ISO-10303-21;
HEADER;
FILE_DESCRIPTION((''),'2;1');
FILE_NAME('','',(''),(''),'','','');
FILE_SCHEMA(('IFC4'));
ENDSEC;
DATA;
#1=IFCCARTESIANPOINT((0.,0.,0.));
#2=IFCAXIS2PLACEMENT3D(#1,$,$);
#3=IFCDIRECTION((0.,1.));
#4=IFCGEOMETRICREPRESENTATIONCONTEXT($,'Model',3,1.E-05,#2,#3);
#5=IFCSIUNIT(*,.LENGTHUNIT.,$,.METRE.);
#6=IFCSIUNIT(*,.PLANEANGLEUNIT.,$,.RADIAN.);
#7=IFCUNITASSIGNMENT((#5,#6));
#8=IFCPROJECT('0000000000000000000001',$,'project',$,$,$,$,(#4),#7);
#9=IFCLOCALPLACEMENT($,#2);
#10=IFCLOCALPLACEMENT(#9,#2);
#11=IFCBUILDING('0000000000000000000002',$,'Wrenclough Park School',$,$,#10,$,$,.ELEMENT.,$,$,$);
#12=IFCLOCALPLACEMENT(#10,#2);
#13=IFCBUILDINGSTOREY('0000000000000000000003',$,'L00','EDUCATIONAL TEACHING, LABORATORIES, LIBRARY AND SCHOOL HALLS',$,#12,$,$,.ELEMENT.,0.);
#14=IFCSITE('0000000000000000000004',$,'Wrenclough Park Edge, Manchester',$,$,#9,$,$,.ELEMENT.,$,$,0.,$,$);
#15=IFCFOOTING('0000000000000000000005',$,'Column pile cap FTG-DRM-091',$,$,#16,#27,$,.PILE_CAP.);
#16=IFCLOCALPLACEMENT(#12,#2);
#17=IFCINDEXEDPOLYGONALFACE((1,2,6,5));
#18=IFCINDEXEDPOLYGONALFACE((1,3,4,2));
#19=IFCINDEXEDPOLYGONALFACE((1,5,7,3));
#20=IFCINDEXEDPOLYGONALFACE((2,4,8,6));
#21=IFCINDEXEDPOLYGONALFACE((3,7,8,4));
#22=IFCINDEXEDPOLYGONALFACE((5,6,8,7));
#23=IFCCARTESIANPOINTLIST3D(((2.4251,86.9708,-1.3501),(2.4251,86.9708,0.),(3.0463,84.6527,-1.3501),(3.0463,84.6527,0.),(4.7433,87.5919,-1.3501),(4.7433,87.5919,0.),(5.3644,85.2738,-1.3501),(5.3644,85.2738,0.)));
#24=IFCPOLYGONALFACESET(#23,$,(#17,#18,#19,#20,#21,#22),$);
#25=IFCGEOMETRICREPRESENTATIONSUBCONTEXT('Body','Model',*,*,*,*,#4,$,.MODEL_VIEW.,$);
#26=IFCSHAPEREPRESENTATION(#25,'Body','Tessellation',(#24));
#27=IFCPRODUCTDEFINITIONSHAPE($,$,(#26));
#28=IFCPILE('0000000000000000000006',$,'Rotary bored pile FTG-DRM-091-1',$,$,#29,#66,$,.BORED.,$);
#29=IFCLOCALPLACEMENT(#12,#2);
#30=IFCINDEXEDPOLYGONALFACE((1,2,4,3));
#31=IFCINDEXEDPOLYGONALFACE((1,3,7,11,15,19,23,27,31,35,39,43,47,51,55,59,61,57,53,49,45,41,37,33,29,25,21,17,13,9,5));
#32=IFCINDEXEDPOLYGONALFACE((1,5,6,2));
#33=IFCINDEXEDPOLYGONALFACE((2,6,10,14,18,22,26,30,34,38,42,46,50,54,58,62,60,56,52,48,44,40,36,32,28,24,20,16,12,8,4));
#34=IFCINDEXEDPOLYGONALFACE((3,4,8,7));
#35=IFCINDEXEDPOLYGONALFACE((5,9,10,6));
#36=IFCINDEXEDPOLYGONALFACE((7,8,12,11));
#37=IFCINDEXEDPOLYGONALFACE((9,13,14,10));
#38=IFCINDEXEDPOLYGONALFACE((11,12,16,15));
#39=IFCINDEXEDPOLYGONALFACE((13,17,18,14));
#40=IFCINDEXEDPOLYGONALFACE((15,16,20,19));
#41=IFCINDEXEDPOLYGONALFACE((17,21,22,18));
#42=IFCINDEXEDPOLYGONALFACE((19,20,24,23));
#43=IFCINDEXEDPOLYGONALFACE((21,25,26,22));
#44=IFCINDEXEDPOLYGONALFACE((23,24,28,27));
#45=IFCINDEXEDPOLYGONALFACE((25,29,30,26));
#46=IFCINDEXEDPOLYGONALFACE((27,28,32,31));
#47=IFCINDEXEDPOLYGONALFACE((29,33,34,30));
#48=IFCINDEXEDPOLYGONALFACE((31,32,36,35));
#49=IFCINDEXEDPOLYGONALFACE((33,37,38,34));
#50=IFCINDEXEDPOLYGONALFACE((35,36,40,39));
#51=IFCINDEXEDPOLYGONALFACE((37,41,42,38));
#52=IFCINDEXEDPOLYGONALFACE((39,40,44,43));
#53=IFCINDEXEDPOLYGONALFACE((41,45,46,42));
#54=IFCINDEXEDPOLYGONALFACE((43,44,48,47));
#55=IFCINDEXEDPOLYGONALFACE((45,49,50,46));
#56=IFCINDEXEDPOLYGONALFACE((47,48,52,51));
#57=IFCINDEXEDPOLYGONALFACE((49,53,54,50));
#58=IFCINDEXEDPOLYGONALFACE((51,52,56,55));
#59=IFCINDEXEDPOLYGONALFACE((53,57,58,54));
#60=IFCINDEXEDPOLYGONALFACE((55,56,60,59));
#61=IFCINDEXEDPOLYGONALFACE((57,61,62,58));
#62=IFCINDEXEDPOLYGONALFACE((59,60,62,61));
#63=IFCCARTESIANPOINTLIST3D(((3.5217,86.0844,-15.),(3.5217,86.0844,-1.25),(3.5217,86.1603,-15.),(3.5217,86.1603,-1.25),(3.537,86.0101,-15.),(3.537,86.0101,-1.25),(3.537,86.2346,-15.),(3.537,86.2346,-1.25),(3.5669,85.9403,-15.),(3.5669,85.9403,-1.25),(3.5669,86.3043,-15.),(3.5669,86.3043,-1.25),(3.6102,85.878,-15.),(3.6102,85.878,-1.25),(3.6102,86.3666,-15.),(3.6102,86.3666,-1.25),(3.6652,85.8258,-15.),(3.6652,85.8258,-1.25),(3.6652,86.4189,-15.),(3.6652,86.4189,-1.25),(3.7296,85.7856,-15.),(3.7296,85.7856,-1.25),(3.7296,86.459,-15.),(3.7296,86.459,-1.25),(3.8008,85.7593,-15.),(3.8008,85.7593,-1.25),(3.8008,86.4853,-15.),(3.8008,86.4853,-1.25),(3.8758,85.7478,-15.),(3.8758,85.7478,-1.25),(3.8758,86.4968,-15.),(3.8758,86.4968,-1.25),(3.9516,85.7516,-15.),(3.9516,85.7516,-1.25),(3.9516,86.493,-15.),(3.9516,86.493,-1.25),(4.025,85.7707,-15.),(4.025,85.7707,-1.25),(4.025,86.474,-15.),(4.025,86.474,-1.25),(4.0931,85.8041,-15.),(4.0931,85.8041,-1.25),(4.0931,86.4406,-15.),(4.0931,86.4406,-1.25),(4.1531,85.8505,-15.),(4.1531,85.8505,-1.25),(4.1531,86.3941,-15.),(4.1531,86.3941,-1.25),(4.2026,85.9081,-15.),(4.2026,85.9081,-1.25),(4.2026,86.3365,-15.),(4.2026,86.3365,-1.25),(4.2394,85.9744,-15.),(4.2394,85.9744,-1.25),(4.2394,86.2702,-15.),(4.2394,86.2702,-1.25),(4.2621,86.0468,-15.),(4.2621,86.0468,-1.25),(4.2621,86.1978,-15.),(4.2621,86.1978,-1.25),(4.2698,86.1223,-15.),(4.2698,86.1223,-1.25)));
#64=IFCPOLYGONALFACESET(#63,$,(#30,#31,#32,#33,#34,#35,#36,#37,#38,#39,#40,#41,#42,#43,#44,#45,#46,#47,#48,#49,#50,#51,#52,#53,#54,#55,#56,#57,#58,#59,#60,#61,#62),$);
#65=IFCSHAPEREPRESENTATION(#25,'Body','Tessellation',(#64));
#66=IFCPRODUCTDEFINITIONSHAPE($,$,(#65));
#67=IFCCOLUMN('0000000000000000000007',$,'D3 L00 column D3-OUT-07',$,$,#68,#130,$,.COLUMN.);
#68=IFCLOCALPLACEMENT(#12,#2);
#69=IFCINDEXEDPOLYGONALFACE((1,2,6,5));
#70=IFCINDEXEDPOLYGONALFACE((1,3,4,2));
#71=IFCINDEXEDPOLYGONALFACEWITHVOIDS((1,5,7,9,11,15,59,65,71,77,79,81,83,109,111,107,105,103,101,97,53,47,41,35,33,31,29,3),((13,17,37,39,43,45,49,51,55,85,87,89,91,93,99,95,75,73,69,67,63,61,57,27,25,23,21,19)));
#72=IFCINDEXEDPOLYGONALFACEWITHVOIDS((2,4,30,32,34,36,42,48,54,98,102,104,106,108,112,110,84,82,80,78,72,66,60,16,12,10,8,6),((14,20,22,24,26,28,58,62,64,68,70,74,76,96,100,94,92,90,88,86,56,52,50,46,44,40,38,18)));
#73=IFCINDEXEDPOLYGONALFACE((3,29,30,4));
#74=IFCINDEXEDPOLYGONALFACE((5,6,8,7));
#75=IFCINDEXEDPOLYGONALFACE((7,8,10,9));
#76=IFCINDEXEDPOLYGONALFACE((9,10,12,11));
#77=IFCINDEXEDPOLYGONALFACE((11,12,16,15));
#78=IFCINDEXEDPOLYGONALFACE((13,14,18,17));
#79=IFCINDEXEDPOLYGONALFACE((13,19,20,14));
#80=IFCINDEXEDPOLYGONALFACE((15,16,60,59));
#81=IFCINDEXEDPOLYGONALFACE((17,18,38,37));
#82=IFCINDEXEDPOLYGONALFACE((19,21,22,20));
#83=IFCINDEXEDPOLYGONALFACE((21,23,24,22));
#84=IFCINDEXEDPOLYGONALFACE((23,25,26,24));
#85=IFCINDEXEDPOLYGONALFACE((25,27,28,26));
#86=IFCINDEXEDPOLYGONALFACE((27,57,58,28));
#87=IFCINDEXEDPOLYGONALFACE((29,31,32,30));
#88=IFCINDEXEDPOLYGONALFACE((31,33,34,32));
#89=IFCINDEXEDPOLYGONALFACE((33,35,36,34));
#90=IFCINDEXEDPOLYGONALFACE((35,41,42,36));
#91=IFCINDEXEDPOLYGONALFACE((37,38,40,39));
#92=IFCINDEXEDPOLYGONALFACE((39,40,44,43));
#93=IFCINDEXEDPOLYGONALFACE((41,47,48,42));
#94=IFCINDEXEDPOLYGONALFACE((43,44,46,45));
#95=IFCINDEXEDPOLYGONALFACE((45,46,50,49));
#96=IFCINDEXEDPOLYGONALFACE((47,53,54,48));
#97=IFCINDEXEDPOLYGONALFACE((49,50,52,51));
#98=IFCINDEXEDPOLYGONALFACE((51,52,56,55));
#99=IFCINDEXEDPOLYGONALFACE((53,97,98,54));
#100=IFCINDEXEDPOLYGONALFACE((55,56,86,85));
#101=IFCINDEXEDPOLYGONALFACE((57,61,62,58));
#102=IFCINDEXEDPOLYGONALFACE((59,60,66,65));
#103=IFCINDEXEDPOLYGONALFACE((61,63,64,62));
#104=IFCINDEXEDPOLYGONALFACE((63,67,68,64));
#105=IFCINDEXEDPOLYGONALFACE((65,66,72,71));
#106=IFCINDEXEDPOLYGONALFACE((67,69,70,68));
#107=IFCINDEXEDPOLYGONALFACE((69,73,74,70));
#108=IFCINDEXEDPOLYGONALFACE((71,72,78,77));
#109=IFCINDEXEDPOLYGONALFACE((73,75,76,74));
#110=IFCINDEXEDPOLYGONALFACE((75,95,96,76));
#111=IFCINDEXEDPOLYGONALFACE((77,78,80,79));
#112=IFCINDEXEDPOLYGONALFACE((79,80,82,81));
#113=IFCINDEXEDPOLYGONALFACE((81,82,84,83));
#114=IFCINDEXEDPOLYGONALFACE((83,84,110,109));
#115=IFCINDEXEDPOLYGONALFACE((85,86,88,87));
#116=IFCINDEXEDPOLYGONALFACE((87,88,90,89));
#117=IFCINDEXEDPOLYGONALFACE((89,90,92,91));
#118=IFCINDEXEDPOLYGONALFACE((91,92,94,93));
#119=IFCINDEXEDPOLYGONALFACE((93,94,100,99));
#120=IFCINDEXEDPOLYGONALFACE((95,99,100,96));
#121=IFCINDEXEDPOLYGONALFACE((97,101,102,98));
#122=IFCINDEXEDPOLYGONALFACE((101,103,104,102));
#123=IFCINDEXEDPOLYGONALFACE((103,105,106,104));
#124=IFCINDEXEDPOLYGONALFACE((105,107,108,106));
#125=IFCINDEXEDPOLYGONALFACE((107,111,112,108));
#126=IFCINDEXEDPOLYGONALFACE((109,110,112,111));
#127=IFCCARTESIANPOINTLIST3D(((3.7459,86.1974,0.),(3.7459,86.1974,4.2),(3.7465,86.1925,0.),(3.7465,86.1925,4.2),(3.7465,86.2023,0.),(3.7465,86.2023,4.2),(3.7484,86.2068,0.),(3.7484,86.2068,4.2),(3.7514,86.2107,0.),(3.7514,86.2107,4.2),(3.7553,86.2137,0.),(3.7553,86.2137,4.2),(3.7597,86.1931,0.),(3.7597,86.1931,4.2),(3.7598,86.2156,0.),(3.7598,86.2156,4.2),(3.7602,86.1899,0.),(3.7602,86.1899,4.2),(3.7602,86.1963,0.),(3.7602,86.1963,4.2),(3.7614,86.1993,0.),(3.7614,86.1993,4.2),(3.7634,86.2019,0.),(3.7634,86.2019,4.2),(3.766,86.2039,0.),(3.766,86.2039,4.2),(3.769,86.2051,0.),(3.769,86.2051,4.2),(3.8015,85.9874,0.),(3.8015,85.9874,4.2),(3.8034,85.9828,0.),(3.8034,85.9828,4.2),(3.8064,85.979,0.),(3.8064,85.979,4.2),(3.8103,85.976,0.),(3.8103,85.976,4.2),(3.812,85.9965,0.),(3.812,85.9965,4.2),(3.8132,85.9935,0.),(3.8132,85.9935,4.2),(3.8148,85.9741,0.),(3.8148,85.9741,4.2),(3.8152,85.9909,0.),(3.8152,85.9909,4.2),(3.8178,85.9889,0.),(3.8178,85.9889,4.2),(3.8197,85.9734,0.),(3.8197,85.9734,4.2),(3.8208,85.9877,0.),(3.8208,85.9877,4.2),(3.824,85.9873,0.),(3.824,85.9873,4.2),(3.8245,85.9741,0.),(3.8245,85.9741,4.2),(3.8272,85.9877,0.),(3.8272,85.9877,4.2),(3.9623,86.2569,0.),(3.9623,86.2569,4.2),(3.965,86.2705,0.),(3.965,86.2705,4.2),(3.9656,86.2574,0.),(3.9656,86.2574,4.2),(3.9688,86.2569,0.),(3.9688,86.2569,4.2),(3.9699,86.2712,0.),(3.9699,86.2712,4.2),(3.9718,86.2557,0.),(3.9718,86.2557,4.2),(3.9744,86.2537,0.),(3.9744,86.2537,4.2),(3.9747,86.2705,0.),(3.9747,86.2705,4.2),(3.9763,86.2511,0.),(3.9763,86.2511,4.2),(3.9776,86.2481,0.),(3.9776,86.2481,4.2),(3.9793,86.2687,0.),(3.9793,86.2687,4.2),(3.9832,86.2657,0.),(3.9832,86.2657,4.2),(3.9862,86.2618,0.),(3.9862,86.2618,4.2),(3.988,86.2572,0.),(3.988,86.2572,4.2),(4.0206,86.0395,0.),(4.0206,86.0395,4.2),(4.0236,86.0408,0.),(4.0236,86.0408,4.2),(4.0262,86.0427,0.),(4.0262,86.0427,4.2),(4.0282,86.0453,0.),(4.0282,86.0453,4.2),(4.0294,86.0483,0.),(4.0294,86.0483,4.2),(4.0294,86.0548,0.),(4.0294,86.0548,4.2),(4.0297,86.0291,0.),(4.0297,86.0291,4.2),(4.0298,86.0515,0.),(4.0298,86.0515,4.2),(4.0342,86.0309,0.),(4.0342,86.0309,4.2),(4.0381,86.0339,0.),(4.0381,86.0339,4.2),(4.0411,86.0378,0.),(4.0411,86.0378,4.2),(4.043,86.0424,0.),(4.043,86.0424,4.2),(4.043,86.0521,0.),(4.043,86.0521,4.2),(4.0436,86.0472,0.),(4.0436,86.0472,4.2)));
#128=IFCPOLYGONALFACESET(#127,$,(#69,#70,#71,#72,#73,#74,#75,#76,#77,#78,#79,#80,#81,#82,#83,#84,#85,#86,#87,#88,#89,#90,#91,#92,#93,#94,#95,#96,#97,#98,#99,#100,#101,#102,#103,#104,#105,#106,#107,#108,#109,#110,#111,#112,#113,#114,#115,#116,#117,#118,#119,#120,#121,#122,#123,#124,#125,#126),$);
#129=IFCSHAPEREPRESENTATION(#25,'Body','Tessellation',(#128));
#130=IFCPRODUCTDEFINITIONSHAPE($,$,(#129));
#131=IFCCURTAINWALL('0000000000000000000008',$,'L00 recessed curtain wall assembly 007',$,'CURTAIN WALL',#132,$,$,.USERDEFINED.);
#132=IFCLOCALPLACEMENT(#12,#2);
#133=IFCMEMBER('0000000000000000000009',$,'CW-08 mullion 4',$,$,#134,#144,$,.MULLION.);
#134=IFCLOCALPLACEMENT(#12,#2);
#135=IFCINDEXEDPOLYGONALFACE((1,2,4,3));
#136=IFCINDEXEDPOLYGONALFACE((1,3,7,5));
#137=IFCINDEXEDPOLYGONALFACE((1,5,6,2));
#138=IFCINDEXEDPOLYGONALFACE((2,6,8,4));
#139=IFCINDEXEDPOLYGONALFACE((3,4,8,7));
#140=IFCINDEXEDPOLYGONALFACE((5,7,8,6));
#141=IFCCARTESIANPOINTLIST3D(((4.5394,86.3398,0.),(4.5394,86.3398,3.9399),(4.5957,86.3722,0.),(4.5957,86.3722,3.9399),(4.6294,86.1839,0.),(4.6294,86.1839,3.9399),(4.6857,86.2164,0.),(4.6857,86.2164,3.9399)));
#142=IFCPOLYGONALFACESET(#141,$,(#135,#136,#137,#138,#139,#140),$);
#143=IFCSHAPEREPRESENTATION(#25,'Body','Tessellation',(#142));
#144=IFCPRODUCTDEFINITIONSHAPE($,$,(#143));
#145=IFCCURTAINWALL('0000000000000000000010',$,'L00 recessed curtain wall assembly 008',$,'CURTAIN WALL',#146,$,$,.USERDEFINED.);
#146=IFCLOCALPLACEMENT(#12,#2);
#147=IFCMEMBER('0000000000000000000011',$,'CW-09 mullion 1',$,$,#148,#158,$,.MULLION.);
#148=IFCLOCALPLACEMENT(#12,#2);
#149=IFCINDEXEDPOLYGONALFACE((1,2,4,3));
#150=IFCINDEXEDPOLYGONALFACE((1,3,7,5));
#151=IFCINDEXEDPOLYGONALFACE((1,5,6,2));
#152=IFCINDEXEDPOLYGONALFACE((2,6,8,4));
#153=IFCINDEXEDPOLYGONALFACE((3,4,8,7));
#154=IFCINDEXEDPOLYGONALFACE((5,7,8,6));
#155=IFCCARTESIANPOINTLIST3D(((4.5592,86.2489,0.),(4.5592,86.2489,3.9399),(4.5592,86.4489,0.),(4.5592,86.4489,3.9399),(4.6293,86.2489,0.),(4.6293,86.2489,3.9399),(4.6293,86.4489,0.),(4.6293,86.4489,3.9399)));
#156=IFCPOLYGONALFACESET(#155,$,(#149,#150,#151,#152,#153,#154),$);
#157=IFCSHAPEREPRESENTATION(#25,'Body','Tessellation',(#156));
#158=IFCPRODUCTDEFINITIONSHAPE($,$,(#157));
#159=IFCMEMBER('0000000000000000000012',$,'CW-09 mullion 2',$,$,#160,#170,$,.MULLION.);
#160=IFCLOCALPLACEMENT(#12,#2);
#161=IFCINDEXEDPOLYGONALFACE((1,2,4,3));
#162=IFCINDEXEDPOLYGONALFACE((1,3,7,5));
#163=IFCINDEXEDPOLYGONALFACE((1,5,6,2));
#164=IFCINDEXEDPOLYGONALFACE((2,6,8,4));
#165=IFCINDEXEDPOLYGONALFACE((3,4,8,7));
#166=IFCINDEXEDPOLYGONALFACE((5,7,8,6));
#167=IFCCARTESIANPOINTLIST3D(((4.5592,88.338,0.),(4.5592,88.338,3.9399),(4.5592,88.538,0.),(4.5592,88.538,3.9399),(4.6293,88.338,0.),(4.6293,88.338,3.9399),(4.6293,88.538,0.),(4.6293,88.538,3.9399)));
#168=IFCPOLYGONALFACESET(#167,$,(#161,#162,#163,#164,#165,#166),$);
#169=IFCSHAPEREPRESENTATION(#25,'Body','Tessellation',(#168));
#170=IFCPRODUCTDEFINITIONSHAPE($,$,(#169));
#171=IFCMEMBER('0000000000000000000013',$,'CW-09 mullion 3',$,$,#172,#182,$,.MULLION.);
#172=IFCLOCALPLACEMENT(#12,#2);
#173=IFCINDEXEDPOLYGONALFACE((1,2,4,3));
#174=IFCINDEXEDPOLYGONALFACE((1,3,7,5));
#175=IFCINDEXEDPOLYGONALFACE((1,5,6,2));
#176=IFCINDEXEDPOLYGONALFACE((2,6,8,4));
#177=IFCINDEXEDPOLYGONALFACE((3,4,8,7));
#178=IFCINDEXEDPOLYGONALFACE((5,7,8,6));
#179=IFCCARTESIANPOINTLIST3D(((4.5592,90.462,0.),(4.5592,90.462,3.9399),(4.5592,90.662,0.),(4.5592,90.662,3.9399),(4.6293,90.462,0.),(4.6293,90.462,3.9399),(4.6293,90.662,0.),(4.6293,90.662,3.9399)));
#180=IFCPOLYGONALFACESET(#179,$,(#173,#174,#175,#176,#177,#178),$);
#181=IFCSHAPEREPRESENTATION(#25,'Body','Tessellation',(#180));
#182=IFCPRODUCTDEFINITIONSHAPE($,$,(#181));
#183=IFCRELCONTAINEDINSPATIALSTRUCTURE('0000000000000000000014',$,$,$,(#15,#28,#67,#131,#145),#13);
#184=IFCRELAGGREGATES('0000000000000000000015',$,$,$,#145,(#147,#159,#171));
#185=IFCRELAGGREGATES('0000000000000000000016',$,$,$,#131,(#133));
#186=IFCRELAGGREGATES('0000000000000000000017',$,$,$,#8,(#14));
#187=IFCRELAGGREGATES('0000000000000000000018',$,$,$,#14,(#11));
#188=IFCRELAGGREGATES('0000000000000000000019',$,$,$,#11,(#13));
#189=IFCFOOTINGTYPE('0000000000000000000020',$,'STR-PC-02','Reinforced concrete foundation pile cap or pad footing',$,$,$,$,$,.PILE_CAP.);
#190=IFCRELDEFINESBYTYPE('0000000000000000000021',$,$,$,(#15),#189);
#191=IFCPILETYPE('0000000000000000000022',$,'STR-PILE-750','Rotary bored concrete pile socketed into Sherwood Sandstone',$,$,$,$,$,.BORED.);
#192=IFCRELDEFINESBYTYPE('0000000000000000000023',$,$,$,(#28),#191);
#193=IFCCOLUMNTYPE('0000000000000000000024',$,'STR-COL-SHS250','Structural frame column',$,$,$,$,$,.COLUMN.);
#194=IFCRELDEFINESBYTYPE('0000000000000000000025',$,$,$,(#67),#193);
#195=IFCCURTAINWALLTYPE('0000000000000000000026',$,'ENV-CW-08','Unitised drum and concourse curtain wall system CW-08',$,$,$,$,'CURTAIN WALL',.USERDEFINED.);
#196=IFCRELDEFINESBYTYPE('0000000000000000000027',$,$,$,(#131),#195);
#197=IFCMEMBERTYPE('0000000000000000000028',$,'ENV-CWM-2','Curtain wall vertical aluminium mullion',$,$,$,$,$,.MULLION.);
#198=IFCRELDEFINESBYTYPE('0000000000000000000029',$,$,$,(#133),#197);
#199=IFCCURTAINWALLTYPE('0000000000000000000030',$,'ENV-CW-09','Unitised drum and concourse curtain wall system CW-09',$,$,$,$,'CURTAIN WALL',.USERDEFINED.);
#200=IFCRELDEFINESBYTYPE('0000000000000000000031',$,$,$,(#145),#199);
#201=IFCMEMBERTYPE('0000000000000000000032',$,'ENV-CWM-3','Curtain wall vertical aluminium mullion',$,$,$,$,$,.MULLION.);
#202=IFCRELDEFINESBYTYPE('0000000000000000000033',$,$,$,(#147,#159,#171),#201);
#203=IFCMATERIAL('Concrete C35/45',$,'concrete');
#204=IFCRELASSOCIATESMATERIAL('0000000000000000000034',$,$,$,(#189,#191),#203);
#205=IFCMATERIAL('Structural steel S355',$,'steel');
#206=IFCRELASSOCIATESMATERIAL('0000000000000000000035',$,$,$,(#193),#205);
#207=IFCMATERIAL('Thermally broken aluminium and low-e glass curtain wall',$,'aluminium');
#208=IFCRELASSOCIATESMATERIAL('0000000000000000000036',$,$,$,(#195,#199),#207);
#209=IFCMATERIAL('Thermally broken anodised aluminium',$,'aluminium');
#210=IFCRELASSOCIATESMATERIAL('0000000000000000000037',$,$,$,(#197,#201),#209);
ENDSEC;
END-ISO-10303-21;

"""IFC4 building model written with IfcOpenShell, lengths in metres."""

from ifc_helpers import new_model, si_unit, direction, frame, origin, origin_2d, place, context, subcontext, project, spatial, rectangle, hollow_rectangle, circle, extrude, material, material_profile, profile_set, type_object, element, aggregate, save


model = new_model("IFC4")

# Units and contexts
model_context = context("Model", 3, precision=1e-05, world=origin(), true_north=direction((0.0, 1.0)))
body_context = subcontext(model_context, "Body", "Model", "MODEL_VIEW")
ifc_project = project(units=[si_unit("LENGTHUNIT", "METRE"), si_unit("PLANEANGLEUNIT", "RADIAN")], contexts=[model_context])

# Site, building, storey
site_placement = place(None, origin())
site = spatial("IfcSite", under=ifc_project, at=site_placement, Name="Wrenclough Park Edge, Manchester", CompositionType="ELEMENT", RefElevation=0.0)
building_placement = place(site_placement, origin())
building = spatial("IfcBuilding", under=site, at=building_placement, Name="Wrenclough Park School", CompositionType="ELEMENT")
storey_placement = place(building_placement, origin())
storey = spatial("IfcBuildingStorey", under=building, at=storey_placement, Name="L00", Description="EDUCATIONAL TEACHING, LABORATORIES, LIBRARY AND SCHOOL HALLS", CompositionType="ELEMENT", Elevation=0.0)

# Footing
ifc_material_1 = material(Name="Concrete C35/45", Category="concrete")
footing_type = type_object("IfcFootingType", Name="STR-PC-02", Description="Reinforced concrete foundation pile cap or pad footing", PredefinedType="PILE_CAP", material=ifc_material_1)
footing_placement = place(storey_placement, frame((3.8948, 86.1223, -1.3501), z_axis=(0.0, 0.0, 1.0), x_axis=(0.258819, -0.965926, 0.0)))
element("IfcFooting", 1, at=footing_placement, inside=storey, type_object=footing_type, Name="Column pile cap FTG-DRM-091", PredefinedType="PILE_CAP", context=body_context, shape_type="SweptSolid", body=[
    extrude(rectangle(XDim=2.3999, YDim=2.3999, at=origin_2d()), origin(), (0.0, 0.0, 1.0), 1.3501),
])

# Pile
ifc_material_profile_1 = material_profile(ifc_material_1, circle(Radius=0.375, at=origin_2d()), Name="BORED PILE D750")
ifc_profile_set_1 = profile_set([ifc_material_profile_1], Name="Concrete C35/45")
pile_type = type_object("IfcPileType", Name="STR-PILE-750", Description="Rotary bored concrete pile socketed into Sherwood Sandstone", PredefinedType="BORED", material=ifc_profile_set_1)
pile_placement = place(storey_placement, frame((3.8948, 86.1223, -1.25), z_axis=(0.0, 0.0, -1.0), x_axis=(1.0, 0.0, 0.0)))
element("IfcPile", 2, at=pile_placement, inside=storey, type_object=pile_type, Name="Rotary bored pile FTG-DRM-091-1", PredefinedType="BORED", context=body_context, shape_type="SweptSolid", body=[
    extrude(circle(Radius=0.375, at=origin_2d()), origin(), (0.0, 0.0, 1.0), 13.75),
])

# Column
ifc_material_2 = material(Name="Structural steel S355", Category="steel")
ifc_material_profile_2 = material_profile(ifc_material_2, hollow_rectangle(XDim=0.25, YDim=0.25, WallThickness=0.0125, InnerFilletRadius=0.0125, OuterFilletRadius=0.0188, at=origin_2d()), Name="SHS 250x250x12.5")
ifc_profile_set_2 = profile_set([ifc_material_profile_2], Name="Structural steel S355")
column_type = type_object("IfcColumnType", Name="STR-COL-SHS250", Description="Structural frame column", PredefinedType="COLUMN", material=ifc_profile_set_2)
column_placement = place(storey_placement, frame((3.8948, 86.1223, 0.0), z_axis=(0.0, 0.0, 1.0), x_axis=(0.258819, -0.965926, 0.0)))
element("IfcColumn", 3, at=column_placement, inside=storey, type_object=column_type, Name="D3 L00 column D3-OUT-07", PredefinedType="COLUMN", context=body_context, shape_type="SweptSolid", body=[
    extrude(hollow_rectangle(XDim=0.25, YDim=0.25, WallThickness=0.0125, InnerFilletRadius=0.0125, OuterFilletRadius=0.0188, at=origin_2d()), origin(), (0.0, 0.0, 1.0), 4.2),
])

# Curtain wall, member
ifc_material_3 = material(Name="Thermally broken aluminium and low-e glass curtain wall", Category="aluminium")
curtain_wall_type_1 = type_object("IfcCurtainWallType", Name="ENV-CW-08", Description="Unitised drum and concourse curtain wall system CW-08", ElementType="CURTAIN WALL", PredefinedType="USERDEFINED", material=ifc_material_3)
curtain_wall_1_placement = place(storey_placement, origin())
curtain_wall_1 = element("IfcCurtainWall", 4, at=curtain_wall_1_placement, inside=storey, type_object=curtain_wall_type_1, Name="L00 recessed curtain wall assembly 007", ObjectType="CURTAIN WALL", PredefinedType="USERDEFINED")
ifc_material_4 = material(Name="Thermally broken anodised aluminium", Category="aluminium")
ifc_material_profile_3 = material_profile(ifc_material_4, rectangle(XDim=0.0649, YDim=0.1799, at=origin_2d()), Name="AL MULLION 65x180")
ifc_profile_set_3 = profile_set([ifc_material_profile_3], Name="Thermally broken anodised aluminium")
member_type_1 = type_object("IfcMemberType", Name="ENV-CWM-2", Description="Curtain wall vertical aluminium mullion", PredefinedType="MULLION", material=ifc_profile_set_3)
member_1_placement = place(storey_placement, frame((4.6125, 86.2781, 0.0), z_axis=(0.0, 0.0, 1.0), x_axis=(-0.866026, -0.499999, 0.0)))
member_1 = element("IfcMember", 5, at=member_1_placement, type_object=member_type_1, Name="CW-08 mullion 4", PredefinedType="MULLION", context=body_context, shape_type="SweptSolid", body=[
    extrude(rectangle(XDim=0.0649, YDim=0.1799, at=origin_2d()), origin(), (0.0, 0.0, 1.0), 3.9399),
])

# Curtain wall, members
curtain_wall_type_2 = type_object("IfcCurtainWallType", Name="ENV-CW-09", Description="Unitised drum and concourse curtain wall system CW-09", ElementType="CURTAIN WALL", PredefinedType="USERDEFINED", material=ifc_material_3)
curtain_wall_2_placement = place(storey_placement, origin())
curtain_wall_2 = element("IfcCurtainWall", 6, at=curtain_wall_2_placement, inside=storey, type_object=curtain_wall_type_2, Name="L00 recessed curtain wall assembly 008", ObjectType="CURTAIN WALL", PredefinedType="USERDEFINED")
ifc_material_profile_4 = material_profile(ifc_material_4, rectangle(XDim=0.0701, YDim=0.2, at=origin_2d()), Name="AL MULLION 70x200")
ifc_profile_set_4 = profile_set([ifc_material_profile_4], Name="Thermally broken anodised aluminium")
member_type_2 = type_object("IfcMemberType", Name="ENV-CWM-3", Description="Curtain wall vertical aluminium mullion", PredefinedType="MULLION", material=ifc_profile_set_4)
member_2_placement = place(storey_placement, frame((4.5942, 86.3489, 0.0), z_axis=(0.0, 0.0, 1.0), x_axis=(-1.0, 0.0, 0.0)))
member_2 = element("IfcMember", 7, at=member_2_placement, type_object=member_type_2, Name="CW-09 mullion 1", PredefinedType="MULLION", context=body_context, shape_type="SweptSolid", body=[
    extrude(rectangle(XDim=0.0701, YDim=0.2, at=origin_2d()), origin(), (0.0, 0.0, 1.0), 3.9399),
])
member_3_placement = place(storey_placement, frame((4.5942, 88.438, 0.0), z_axis=(0.0, 0.0, 1.0), x_axis=(-1.0, 0.0, 0.0)))
member_3 = element("IfcMember", 8, at=member_3_placement, type_object=member_type_2, Name="CW-09 mullion 2", PredefinedType="MULLION", context=body_context, shape_type="SweptSolid", body=[
    extrude(rectangle(XDim=0.0701, YDim=0.2, at=origin_2d()), origin(), (0.0, 0.0, 1.0), 3.9399),
])
member_4_placement = place(storey_placement, frame((4.5942, 90.562, 0.0), z_axis=(0.0, 0.0, 1.0), x_axis=(-1.0, 0.0, 0.0)))
member_4 = element("IfcMember", 9, at=member_4_placement, type_object=member_type_2, Name="CW-09 mullion 3", PredefinedType="MULLION", context=body_context, shape_type="SweptSolid", body=[
    extrude(rectangle(XDim=0.0701, YDim=0.2, at=origin_2d()), origin(), (0.0, 0.0, 1.0), 3.9399),
])

aggregate(curtain_wall_2, [member_2, member_3, member_4])
aggregate(curtain_wall_1, [member_1])

save(model, "model.ifc")
